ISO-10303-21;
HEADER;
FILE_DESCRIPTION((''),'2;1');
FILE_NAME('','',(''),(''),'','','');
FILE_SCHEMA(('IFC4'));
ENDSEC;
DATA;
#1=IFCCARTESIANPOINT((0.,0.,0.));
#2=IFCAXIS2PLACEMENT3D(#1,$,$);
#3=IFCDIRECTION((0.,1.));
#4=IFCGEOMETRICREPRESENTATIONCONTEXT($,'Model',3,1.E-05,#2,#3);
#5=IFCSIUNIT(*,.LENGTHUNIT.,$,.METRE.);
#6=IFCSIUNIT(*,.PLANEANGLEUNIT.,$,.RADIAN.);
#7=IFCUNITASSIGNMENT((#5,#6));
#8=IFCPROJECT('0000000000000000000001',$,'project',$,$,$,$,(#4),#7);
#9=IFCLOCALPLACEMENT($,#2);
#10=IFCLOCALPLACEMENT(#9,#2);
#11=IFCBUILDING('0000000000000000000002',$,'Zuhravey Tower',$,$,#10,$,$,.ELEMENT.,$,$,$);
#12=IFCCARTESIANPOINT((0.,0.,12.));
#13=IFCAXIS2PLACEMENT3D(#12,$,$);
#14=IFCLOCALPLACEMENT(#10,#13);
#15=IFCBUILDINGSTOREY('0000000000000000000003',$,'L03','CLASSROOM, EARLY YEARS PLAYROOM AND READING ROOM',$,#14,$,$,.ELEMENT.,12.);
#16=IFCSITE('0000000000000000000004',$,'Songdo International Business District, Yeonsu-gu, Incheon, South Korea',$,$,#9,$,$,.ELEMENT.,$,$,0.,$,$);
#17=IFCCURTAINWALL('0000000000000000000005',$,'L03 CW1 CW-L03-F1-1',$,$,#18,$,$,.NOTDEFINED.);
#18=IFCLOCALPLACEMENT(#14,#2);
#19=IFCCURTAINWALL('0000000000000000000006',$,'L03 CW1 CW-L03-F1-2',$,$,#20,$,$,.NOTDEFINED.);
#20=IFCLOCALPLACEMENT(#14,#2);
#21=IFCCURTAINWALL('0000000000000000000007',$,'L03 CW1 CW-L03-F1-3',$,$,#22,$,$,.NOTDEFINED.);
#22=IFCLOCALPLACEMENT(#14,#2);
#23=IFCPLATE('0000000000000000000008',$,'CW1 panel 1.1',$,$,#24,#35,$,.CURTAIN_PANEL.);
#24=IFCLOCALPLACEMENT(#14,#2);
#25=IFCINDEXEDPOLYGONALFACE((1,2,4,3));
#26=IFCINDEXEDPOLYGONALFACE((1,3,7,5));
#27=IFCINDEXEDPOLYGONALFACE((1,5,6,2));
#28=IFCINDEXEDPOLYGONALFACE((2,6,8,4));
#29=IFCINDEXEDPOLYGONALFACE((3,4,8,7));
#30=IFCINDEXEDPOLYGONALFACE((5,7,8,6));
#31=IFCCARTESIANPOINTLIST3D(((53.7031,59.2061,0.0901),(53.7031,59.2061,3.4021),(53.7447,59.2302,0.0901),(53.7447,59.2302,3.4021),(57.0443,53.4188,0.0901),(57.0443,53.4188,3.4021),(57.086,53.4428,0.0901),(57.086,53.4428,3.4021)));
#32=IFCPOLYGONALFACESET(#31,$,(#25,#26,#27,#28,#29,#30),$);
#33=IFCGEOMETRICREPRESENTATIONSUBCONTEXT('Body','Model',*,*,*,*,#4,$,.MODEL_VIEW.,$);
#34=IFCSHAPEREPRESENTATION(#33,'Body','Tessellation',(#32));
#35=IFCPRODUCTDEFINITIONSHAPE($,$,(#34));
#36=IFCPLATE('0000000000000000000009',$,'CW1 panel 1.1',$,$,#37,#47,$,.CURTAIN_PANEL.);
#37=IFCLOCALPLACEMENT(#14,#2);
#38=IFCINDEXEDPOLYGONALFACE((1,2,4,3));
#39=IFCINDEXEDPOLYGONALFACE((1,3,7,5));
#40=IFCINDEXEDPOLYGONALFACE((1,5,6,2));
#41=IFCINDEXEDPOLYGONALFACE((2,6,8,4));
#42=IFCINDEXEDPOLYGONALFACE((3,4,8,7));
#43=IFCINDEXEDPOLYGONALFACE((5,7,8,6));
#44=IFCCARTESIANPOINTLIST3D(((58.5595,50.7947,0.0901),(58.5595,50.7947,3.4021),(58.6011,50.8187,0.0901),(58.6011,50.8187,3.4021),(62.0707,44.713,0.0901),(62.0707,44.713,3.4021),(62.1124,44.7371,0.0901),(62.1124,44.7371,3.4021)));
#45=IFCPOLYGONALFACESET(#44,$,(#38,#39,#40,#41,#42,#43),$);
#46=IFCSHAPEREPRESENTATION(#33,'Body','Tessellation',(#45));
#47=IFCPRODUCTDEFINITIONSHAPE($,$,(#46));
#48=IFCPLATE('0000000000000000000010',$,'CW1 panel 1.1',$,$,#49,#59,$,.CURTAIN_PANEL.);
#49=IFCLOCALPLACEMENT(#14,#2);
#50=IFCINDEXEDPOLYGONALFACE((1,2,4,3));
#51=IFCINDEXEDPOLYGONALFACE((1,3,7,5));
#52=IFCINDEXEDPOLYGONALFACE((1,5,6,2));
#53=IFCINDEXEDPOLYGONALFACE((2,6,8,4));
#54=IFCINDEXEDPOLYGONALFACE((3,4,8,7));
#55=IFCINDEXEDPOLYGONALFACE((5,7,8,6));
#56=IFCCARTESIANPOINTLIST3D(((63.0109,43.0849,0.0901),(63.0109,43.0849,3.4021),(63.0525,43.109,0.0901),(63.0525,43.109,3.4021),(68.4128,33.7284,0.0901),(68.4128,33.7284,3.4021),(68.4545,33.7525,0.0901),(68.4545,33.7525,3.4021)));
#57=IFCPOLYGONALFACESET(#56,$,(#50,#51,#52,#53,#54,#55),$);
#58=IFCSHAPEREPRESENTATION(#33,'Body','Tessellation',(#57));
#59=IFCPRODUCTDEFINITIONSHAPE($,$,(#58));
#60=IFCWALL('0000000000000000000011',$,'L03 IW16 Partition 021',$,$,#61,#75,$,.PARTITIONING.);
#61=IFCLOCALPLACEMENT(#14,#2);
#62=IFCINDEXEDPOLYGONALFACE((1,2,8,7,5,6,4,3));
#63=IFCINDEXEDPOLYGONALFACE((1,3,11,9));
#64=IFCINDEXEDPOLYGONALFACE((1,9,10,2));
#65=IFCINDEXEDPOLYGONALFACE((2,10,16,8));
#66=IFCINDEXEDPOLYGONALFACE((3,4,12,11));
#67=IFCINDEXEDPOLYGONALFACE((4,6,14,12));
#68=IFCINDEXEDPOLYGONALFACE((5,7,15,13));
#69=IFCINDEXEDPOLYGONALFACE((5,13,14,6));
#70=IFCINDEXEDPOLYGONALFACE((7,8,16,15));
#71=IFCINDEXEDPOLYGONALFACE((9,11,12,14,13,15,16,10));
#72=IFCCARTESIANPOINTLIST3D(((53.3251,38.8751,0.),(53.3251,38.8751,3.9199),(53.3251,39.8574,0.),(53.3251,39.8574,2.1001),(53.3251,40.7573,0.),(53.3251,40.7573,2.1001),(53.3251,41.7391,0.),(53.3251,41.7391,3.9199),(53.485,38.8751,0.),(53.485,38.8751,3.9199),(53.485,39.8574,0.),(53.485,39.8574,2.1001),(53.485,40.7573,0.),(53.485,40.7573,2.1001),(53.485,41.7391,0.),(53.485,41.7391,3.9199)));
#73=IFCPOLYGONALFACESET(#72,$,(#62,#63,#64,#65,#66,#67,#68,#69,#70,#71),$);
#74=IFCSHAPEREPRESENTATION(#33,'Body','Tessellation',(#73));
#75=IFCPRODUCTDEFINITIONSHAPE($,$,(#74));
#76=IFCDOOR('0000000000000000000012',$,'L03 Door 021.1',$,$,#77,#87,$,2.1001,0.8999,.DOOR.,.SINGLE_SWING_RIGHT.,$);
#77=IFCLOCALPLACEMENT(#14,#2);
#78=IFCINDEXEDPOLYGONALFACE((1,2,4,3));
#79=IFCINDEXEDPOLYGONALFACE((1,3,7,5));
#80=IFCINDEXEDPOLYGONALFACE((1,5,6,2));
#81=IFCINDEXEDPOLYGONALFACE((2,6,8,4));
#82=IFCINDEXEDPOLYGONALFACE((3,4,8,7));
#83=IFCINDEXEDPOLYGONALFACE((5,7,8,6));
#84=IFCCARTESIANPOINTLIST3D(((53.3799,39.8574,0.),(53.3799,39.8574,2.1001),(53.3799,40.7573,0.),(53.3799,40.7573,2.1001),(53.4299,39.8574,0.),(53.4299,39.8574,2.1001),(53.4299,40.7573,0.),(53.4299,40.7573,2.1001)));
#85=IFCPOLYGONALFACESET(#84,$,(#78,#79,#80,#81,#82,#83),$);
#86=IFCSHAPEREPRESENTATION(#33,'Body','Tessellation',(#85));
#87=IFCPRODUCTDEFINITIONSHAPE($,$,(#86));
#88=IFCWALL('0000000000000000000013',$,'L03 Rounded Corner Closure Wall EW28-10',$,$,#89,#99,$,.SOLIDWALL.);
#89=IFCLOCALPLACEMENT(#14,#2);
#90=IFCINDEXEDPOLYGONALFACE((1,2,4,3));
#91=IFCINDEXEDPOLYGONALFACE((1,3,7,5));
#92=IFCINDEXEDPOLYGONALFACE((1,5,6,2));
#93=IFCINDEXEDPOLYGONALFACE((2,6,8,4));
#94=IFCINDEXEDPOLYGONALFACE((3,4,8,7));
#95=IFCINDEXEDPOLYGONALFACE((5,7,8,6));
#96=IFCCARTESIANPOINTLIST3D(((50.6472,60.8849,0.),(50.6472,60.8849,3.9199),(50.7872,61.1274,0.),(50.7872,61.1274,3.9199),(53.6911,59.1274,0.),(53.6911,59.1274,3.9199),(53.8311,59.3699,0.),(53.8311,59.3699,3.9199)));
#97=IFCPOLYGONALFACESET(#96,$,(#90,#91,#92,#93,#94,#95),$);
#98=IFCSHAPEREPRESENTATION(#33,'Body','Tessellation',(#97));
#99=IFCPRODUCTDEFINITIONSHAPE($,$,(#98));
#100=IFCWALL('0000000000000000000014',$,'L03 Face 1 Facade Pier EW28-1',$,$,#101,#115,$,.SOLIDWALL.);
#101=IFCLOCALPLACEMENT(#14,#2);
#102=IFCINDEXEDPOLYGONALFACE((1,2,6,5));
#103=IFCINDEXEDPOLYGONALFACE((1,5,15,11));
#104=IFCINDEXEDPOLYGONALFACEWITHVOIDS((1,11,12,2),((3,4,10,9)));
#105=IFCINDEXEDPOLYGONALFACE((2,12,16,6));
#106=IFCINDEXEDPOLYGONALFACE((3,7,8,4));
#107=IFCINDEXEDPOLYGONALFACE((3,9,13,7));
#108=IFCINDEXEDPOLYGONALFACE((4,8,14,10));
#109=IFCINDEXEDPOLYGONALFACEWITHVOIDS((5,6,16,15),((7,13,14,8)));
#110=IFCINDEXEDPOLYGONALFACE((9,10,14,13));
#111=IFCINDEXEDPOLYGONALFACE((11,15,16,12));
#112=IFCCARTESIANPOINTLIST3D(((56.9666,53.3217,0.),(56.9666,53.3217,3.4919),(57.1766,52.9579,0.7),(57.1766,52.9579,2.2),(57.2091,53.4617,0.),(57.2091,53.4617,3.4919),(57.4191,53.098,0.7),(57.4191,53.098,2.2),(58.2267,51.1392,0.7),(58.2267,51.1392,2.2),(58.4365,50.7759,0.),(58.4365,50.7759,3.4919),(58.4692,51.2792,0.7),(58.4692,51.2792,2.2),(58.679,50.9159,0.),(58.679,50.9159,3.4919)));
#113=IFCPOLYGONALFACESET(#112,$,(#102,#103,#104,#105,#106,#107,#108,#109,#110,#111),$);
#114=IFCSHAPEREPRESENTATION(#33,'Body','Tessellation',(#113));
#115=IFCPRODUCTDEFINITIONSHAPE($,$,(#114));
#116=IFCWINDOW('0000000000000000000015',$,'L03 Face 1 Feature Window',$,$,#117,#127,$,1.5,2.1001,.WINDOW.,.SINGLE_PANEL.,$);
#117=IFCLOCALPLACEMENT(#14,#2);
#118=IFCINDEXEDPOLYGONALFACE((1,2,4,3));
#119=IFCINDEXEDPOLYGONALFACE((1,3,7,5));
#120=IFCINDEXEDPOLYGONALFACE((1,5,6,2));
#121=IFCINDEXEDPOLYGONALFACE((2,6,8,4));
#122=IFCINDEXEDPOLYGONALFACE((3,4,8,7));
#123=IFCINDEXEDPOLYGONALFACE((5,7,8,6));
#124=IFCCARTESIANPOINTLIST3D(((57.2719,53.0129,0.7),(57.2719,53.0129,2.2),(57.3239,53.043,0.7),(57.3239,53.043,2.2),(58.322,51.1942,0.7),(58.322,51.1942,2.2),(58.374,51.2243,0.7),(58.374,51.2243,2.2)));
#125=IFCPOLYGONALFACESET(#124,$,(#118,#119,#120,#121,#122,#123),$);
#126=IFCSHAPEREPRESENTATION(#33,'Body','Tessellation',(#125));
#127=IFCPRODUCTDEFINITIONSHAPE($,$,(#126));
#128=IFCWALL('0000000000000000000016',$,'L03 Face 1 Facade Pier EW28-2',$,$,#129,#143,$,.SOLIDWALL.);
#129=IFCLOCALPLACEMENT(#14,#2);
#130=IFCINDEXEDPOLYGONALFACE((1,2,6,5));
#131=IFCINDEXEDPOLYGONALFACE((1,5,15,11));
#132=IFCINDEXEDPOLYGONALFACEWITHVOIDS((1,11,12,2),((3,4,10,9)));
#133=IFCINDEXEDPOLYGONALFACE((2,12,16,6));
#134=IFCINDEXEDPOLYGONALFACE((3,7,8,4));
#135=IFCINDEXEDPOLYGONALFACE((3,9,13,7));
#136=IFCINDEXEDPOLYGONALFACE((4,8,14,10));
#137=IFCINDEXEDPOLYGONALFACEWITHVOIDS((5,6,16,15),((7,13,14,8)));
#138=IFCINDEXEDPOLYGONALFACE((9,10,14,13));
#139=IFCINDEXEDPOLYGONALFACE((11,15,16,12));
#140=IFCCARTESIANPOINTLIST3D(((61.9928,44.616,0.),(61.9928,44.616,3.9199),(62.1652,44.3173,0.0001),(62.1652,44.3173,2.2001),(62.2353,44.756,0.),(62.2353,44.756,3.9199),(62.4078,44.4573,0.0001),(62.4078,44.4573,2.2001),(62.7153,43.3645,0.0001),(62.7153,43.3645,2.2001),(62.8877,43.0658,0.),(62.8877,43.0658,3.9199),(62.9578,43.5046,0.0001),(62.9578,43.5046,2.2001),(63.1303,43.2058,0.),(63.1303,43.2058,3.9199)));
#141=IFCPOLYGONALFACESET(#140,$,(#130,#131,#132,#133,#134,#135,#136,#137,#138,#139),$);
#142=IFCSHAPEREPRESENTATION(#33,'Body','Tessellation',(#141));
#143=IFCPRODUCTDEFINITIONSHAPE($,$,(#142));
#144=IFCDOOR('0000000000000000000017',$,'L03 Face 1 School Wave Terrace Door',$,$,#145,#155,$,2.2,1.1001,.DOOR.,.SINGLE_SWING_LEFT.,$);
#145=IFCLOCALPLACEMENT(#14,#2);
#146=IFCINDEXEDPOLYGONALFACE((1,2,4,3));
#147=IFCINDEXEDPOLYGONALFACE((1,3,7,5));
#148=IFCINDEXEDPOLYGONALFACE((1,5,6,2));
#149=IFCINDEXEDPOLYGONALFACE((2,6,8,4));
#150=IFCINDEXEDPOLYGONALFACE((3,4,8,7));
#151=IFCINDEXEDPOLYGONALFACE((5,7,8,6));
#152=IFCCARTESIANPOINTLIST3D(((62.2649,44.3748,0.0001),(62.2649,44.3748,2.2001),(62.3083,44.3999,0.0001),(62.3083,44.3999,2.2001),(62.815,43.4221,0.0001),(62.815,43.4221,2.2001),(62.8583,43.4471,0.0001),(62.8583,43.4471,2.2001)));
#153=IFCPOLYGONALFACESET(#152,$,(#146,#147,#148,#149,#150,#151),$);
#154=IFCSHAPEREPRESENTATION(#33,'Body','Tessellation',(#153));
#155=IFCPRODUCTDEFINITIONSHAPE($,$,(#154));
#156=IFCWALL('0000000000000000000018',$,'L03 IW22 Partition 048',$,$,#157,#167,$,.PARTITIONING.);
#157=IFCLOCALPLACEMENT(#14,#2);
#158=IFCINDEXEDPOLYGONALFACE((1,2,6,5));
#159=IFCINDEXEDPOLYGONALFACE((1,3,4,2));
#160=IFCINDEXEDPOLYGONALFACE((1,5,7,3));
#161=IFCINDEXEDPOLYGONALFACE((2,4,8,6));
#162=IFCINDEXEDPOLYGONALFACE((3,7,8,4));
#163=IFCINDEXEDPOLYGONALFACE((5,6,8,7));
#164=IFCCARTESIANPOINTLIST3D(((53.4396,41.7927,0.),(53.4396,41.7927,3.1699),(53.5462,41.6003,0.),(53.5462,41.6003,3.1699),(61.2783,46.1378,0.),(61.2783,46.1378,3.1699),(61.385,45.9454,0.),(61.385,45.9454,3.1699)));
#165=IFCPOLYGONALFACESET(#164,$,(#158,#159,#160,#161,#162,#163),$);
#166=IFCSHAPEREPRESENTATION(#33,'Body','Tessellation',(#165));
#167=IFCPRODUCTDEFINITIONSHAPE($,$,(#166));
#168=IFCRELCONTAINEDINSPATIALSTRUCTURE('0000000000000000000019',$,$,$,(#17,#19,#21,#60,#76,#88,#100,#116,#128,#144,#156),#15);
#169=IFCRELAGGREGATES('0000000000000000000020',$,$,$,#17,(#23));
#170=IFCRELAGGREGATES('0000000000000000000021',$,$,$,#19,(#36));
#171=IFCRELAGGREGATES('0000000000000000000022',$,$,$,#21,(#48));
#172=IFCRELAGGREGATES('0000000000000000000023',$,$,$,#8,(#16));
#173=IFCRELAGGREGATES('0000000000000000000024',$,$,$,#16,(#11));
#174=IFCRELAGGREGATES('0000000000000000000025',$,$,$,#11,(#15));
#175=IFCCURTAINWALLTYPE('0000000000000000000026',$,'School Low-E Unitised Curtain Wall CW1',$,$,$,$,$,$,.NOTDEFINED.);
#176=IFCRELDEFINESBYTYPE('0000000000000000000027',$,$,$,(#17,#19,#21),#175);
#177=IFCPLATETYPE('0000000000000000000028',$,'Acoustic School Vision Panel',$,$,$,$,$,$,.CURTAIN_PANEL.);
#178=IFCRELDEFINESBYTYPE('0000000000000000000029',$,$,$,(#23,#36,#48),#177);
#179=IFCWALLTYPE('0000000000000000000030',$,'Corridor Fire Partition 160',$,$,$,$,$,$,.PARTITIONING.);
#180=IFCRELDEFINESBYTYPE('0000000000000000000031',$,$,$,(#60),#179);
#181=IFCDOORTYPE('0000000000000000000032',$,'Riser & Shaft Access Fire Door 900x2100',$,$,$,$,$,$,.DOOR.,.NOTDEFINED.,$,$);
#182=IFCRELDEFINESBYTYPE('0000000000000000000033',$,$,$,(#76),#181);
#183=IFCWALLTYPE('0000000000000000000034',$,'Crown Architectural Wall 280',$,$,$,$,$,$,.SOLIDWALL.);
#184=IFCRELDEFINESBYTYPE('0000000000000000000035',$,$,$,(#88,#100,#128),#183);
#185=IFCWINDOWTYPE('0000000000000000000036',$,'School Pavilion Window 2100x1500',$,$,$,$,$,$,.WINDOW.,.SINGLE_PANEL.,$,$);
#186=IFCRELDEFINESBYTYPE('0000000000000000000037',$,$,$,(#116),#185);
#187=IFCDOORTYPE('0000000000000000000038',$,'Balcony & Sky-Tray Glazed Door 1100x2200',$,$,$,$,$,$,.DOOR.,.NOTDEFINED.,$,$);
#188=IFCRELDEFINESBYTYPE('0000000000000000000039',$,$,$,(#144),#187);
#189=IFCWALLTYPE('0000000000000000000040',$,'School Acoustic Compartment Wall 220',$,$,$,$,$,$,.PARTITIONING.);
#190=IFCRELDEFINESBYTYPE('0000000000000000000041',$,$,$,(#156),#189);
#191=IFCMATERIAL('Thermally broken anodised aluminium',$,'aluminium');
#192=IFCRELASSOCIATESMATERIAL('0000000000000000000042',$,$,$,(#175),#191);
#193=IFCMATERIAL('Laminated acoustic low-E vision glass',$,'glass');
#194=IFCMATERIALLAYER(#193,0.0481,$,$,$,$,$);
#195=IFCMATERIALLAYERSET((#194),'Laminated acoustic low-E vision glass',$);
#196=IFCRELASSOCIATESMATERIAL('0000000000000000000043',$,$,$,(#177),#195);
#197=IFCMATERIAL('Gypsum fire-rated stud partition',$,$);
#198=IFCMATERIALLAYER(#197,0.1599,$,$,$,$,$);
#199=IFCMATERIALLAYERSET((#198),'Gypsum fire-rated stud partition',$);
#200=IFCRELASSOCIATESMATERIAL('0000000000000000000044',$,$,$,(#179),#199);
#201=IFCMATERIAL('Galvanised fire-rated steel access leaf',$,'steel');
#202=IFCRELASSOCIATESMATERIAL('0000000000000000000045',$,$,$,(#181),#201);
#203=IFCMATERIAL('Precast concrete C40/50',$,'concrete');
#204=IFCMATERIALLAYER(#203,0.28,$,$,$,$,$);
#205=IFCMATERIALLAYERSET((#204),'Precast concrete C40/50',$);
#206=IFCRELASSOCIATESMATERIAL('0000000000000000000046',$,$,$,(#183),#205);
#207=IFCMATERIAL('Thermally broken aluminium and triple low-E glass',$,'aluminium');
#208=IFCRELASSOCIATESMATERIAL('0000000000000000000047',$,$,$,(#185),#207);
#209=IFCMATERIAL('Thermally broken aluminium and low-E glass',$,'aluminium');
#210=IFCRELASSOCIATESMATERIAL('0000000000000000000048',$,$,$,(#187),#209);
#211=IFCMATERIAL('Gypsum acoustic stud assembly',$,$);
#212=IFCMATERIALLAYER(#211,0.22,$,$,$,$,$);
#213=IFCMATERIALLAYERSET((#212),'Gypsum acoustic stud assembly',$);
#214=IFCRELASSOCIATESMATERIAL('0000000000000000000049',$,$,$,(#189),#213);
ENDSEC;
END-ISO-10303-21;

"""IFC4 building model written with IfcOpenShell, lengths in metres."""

from ifc_helpers import new_model, si_unit, direction, frame, frame_2d, origin, origin_2d, place, context, subcontext, project, spatial, rectangle, extrude, material, layer, layer_set, type_object, element, fill, aggregate, save


model = new_model("IFC4")

# Units and contexts
model_context = context("Model", 3, precision=1e-05, world=origin(), true_north=direction((0.0, 1.0)))
body_context = subcontext(model_context, "Body", "Model", "MODEL_VIEW")
ifc_project = project(units=[si_unit("LENGTHUNIT", "METRE"), si_unit("PLANEANGLEUNIT", "RADIAN")], contexts=[model_context])

# Site, building, storey
site_placement = place(None, origin())
site = spatial("IfcSite", under=ifc_project, at=site_placement, Name="Songdo International Business District, Yeonsu-gu, Incheon, South Korea", CompositionType="ELEMENT", RefElevation=0.0)
building_placement = place(site_placement, origin())
building = spatial("IfcBuilding", under=site, at=building_placement, Name="Zuhravey Tower", CompositionType="ELEMENT")
storey_placement = place(building_placement, frame((0.0, 0.0, 12.0)))
storey = spatial("IfcBuildingStorey", under=building, at=storey_placement, Name="L03", Description="CLASSROOM, EARLY YEARS PLAYROOM AND READING ROOM", CompositionType="ELEMENT", Elevation=12.0)

# Shared definitions
ifc_material_1 = material(Name="Thermally broken anodised aluminium", Category="aluminium")
curtain_wall_type = type_object("IfcCurtainWallType", Name="School Low-E Unitised Curtain Wall CW1", PredefinedType="NOTDEFINED", material=ifc_material_1)

# Curtain walls
curtain_wall_1_placement = place(storey_placement, origin())
curtain_wall_1 = element("IfcCurtainWall", 1, at=curtain_wall_1_placement, inside=storey, type_object=curtain_wall_type, Name="L03 CW1 CW-L03-F1-1", PredefinedType="NOTDEFINED")
curtain_wall_2_placement = place(storey_placement, origin())
curtain_wall_2 = element("IfcCurtainWall", 2, at=curtain_wall_2_placement, inside=storey, type_object=curtain_wall_type, Name="L03 CW1 CW-L03-F1-2", PredefinedType="NOTDEFINED")

# Curtain wall
curtain_wall_3_placement = place(storey_placement, origin())
curtain_wall_3 = element("IfcCurtainWall", 3, at=curtain_wall_3_placement, inside=storey, type_object=curtain_wall_type, Name="L03 CW1 CW-L03-F1-3", PredefinedType="NOTDEFINED")

# Plates
ifc_material_2 = material(Name="Laminated acoustic low-E vision glass", Category="glass")
ifc_layer_1 = layer(ifc_material_2, 0.0481)
ifc_layer_set_1 = layer_set([ifc_layer_1], Name="Laminated acoustic low-E vision glass")
plate_type = type_object("IfcPlateType", Name="Acoustic School Vision Panel", PredefinedType="CURTAIN_PANEL", material=ifc_layer_set_1)
plate_1_placement = place(storey_placement, frame((55.3945, 56.3245, 0.0901), z_axis=(0.0, 0.0, 1.0), x_axis=(0.499993, -0.86603, 0.0)))
plate_1 = element("IfcPlate", 4, at=plate_1_placement, type_object=plate_type, Name="CW1 panel 1.1", PredefinedType="CURTAIN_PANEL", context=body_context, shape_type="SweptSolid", body=[
    extrude(rectangle(XDim=6.6826, YDim=0.0481, at=origin_2d()), origin(), (0.0, 0.0, 1.0), 3.312),
])
aggregate(curtain_wall_1, [plate_1])
plate_2_placement = place(storey_placement, frame((60.3359, 47.7659, 0.0901), z_axis=(0.0, 0.0, 1.0), x_axis=(0.500002, -0.866024, 0.0)))
plate_2 = element("IfcPlate", 5, at=plate_2_placement, type_object=plate_type, Name="CW1 panel 1.1", PredefinedType="CURTAIN_PANEL", context=body_context, shape_type="SweptSolid", body=[
    extrude(rectangle(XDim=7.0225, YDim=0.0481, at=origin_2d()), origin(), (0.0, 0.0, 1.0), 3.312),
])
aggregate(curtain_wall_2, [plate_2])
plate_3_placement = place(storey_placement, frame((65.7327, 38.4187, 0.0901), z_axis=(0.0, 0.0, 1.0), x_axis=(0.499998, -0.866027, 0.0)))
plate_3 = element("IfcPlate", 6, at=plate_3_placement, type_object=plate_type, Name="CW1 panel 1.1", PredefinedType="CURTAIN_PANEL", context=body_context, shape_type="SweptSolid", body=[
    extrude(rectangle(XDim=10.804, YDim=0.0481, at=origin_2d()), origin(), (0.0, 0.0, 1.0), 3.312),
])
aggregate(curtain_wall_3, [plate_3])

# Wall, opening, door
ifc_material_3 = material(Name="Gypsum fire-rated stud partition")
ifc_layer_2 = layer(ifc_material_3, 0.1599)
ifc_layer_set_2 = layer_set([ifc_layer_2], Name="Gypsum fire-rated stud partition")
wall_type_1 = type_object("IfcWallType", Name="Corridor Fire Partition 160", PredefinedType="PARTITIONING", material=ifc_layer_set_2)
wall_1_placement = place(storey_placement, frame((53.405, 41.7393, 0.0), z_axis=(0.0, 0.0, 1.0), x_axis=(0.0, -1.0, 0.0)))
wall_1 = element("IfcWall", 7, at=wall_1_placement, inside=storey, type_object=wall_type_1, Name="L03 IW16 Partition 021", PredefinedType="PARTITIONING", context=body_context, shape_type="SweptSolid", body=[
    extrude(rectangle(XDim=2.864, YDim=0.1599, at=frame_2d((1.4321, 0.0))), origin(), (0.0, 0.0, 1.0), 3.9199),
])
opening_1_placement = place(wall_1_placement, frame((0.9819, 0.0, 0.0)))
opening_1 = element("IfcOpeningElement", 8, at=opening_1_placement, cuts=wall_1, PredefinedType="OPENING", context=body_context, shape_type="SweptSolid", body=[
    extrude(rectangle(XDim=0.8999, YDim=2.1001, at=frame_2d((0.45, 1.05))), frame((0.0, 0.092, 0.0), z_axis=(0.0, -1.0, 0.0), x_axis=(1.0, 0.0, 0.0)), (0.0, 0.0, 1.0), 0.1838),
])
ifc_material_4 = material(Name="Galvanised fire-rated steel access leaf", Category="steel")
door_type_1 = type_object("IfcDoorType", Name="Riser & Shaft Access Fire Door 900x2100", OperationType="NOTDEFINED", PredefinedType="DOOR", material=ifc_material_4)
door_1_placement = place(opening_1_placement, origin())
door_1 = element("IfcDoor", 9, at=door_1_placement, inside=storey, type_object=door_type_1, Name="L03 Door 021.1", OperationType="SINGLE_SWING_RIGHT", OverallHeight=2.1001, OverallWidth=0.8999, PredefinedType="DOOR", context=body_context, shape_type="SweptSolid", body=[
    extrude(rectangle(XDim=0.8999, YDim=2.1001, at=frame_2d((0.45, 1.05))), frame((0.0, 0.0249, 0.0), z_axis=(0.0, -1.0, 0.0), x_axis=(1.0, 0.0, 0.0)), (0.0, 0.0, 1.0), 0.05),
])
fill(opening_1, door_1)

# Wall
ifc_material_5 = material(Name="Precast concrete C40/50", Category="concrete")
ifc_layer_3 = layer(ifc_material_5, 0.28)
ifc_layer_set_3 = layer_set([ifc_layer_3], Name="Precast concrete C40/50")
wall_type_2 = type_object("IfcWallType", Name="Crown Architectural Wall 280", PredefinedType="SOLIDWALL", material=ifc_layer_set_3)
wall_2_placement = place(storey_placement, frame((50.7173, 61.0061, 0.0), z_axis=(0.0, 0.0, 1.0), x_axis=(0.866007, -0.500031, 0.0)))
element("IfcWall", 10, at=wall_2_placement, inside=storey, type_object=wall_type_2, Name="L03 Rounded Corner Closure Wall EW28-10", PredefinedType="SOLIDWALL", context=body_context, shape_type="SweptSolid", body=[
    extrude(rectangle(XDim=3.5149, YDim=0.28, at=frame_2d((1.7573, 0.0))), origin(), (0.0, 0.0, 1.0), 3.9199),
])

# Wall, opening, window
wall_3_placement = place(storey_placement, frame((57.0879, 53.3916, 0.0), z_axis=(0.0, 0.0, 1.0), x_axis=(0.500024, -0.866011, 0.0)))
wall_3 = element("IfcWall", 11, at=wall_3_placement, inside=storey, type_object=wall_type_2, Name="L03 Face 1 Facade Pier EW28-1", PredefinedType="SOLIDWALL", context=body_context, shape_type="SweptSolid", body=[
    extrude(rectangle(XDim=2.9397, YDim=0.28, at=frame_2d((1.4697, 0.0))), origin(), (0.0, 0.0, 1.0), 3.4919),
])
opening_2_placement = place(wall_3_placement, frame((0.4199, 0.0, 0.7)))
opening_2 = element("IfcOpeningElement", 12, at=opening_2_placement, cuts=wall_3, PredefinedType="OPENING", context=body_context, shape_type="SweptSolid", body=[
    extrude(rectangle(XDim=2.1001, YDim=1.5, at=frame_2d((1.05, 0.75))), frame((0.0, 0.1521, 0.0), z_axis=(0.0, -1.0, 0.0), x_axis=(1.0, 0.0, 0.0)), (0.0, 0.0, 1.0), 0.304),
])
ifc_material_6 = material(Name="Thermally broken aluminium and triple low-E glass", Category="aluminium")
window_type = type_object("IfcWindowType", Name="School Pavilion Window 2100x1500", PartitioningType="SINGLE_PANEL", PredefinedType="WINDOW", material=ifc_material_6)
window_placement = place(opening_2_placement, origin())
window = element("IfcWindow", 13, at=window_placement, inside=storey, type_object=window_type, Name="L03 Face 1 Feature Window", OverallHeight=1.5, OverallWidth=2.1001, PartitioningType="SINGLE_PANEL", PredefinedType="WINDOW", context=body_context, shape_type="SweptSolid", body=[
    extrude(rectangle(XDim=2.1001, YDim=1.5, at=frame_2d((1.05, 0.75))), frame((0.0, 0.03, 0.0), z_axis=(0.0, -1.0, 0.0), x_axis=(1.0, 0.0, 0.0)), (0.0, 0.0, 1.0), 0.0601),
])
fill(opening_2, window)

# Wall, opening, door
wall_4_placement = place(storey_placement, frame((62.114, 44.686, 0.0), z_axis=(0.0, 0.0, 1.0), x_axis=(0.499982, -0.866036, 0.0)))
wall_4 = element("IfcWall", 14, at=wall_4_placement, inside=storey, type_object=wall_type_2, Name="L03 Face 1 Facade Pier EW28-2", PredefinedType="SOLIDWALL", context=body_context, shape_type="SweptSolid", body=[
    extrude(rectangle(XDim=1.79, YDim=0.28, at=frame_2d((0.895, 0.0))), origin(), (0.0, 0.0, 1.0), 3.9199),
])
opening_3_placement = place(wall_4_placement, frame((0.345, 0.0, 0.0)))
opening_3 = element("IfcOpeningElement", 15, at=opening_3_placement, cuts=wall_4, PredefinedType="OPENING", context=body_context, shape_type="SweptSolid", body=[
    extrude(rectangle(XDim=1.1001, YDim=2.2, at=frame_2d((0.55, 1.1001))), frame((0.0, 0.1521, 0.0), z_axis=(0.0, -1.0, 0.0), x_axis=(1.0, 0.0, 0.0)), (0.0, 0.0, 1.0), 0.304),
])
ifc_material_7 = material(Name="Thermally broken aluminium and low-E glass", Category="aluminium")
door_type_2 = type_object("IfcDoorType", Name="Balcony & Sky-Tray Glazed Door 1100x2200", OperationType="NOTDEFINED", PredefinedType="DOOR", material=ifc_material_7)
door_2_placement = place(opening_3_placement, frame((1.1001, 0.0, 0.0), z_axis=(0.0, 0.0, 1.0), x_axis=(-1.0, 0.0, 0.0)))
door_2 = element("IfcDoor", 16, at=door_2_placement, inside=storey, type_object=door_type_2, Name="L03 Face 1 School Wave Terrace Door", OperationType="SINGLE_SWING_LEFT", OverallHeight=2.2, OverallWidth=1.1001, PredefinedType="DOOR", context=body_context, shape_type="SweptSolid", body=[
    extrude(rectangle(XDim=1.1001, YDim=2.2, at=frame_2d((0.55, 1.1001))), frame((0.0, 0.0249, 0.0), z_axis=(0.0, -1.0, 0.0), x_axis=(1.0, 0.0, 0.0)), (0.0, 0.0, 1.0), 0.05),
])
fill(opening_3, door_2)

# Wall
ifc_material_8 = material(Name="Gypsum acoustic stud assembly")
ifc_layer_4 = layer(ifc_material_8, 0.22)
ifc_layer_set_4 = layer_set([ifc_layer_4], Name="Gypsum acoustic stud assembly")
wall_type_3 = type_object("IfcWallType", Name="School Acoustic Compartment Wall 220", PredefinedType="PARTITIONING", material=ifc_layer_set_4)
wall_5_placement = place(storey_placement, frame((53.4929, 41.6965, 0.0), z_axis=(0.0, 0.0, 1.0), x_axis=(0.874622, 0.484805, 0.0)))
element("IfcWall", 17, at=wall_5_placement, inside=storey, type_object=wall_type_3, Name="L03 IW22 Partition 048", PredefinedType="PARTITIONING", context=body_context, shape_type="SweptSolid", body=[
    extrude(rectangle(XDim=8.9624, YDim=0.22, at=frame_2d((4.4812, 0.0))), origin(), (0.0, 0.0, 1.0), 3.1699),
])

save(model, "model.ifc")
